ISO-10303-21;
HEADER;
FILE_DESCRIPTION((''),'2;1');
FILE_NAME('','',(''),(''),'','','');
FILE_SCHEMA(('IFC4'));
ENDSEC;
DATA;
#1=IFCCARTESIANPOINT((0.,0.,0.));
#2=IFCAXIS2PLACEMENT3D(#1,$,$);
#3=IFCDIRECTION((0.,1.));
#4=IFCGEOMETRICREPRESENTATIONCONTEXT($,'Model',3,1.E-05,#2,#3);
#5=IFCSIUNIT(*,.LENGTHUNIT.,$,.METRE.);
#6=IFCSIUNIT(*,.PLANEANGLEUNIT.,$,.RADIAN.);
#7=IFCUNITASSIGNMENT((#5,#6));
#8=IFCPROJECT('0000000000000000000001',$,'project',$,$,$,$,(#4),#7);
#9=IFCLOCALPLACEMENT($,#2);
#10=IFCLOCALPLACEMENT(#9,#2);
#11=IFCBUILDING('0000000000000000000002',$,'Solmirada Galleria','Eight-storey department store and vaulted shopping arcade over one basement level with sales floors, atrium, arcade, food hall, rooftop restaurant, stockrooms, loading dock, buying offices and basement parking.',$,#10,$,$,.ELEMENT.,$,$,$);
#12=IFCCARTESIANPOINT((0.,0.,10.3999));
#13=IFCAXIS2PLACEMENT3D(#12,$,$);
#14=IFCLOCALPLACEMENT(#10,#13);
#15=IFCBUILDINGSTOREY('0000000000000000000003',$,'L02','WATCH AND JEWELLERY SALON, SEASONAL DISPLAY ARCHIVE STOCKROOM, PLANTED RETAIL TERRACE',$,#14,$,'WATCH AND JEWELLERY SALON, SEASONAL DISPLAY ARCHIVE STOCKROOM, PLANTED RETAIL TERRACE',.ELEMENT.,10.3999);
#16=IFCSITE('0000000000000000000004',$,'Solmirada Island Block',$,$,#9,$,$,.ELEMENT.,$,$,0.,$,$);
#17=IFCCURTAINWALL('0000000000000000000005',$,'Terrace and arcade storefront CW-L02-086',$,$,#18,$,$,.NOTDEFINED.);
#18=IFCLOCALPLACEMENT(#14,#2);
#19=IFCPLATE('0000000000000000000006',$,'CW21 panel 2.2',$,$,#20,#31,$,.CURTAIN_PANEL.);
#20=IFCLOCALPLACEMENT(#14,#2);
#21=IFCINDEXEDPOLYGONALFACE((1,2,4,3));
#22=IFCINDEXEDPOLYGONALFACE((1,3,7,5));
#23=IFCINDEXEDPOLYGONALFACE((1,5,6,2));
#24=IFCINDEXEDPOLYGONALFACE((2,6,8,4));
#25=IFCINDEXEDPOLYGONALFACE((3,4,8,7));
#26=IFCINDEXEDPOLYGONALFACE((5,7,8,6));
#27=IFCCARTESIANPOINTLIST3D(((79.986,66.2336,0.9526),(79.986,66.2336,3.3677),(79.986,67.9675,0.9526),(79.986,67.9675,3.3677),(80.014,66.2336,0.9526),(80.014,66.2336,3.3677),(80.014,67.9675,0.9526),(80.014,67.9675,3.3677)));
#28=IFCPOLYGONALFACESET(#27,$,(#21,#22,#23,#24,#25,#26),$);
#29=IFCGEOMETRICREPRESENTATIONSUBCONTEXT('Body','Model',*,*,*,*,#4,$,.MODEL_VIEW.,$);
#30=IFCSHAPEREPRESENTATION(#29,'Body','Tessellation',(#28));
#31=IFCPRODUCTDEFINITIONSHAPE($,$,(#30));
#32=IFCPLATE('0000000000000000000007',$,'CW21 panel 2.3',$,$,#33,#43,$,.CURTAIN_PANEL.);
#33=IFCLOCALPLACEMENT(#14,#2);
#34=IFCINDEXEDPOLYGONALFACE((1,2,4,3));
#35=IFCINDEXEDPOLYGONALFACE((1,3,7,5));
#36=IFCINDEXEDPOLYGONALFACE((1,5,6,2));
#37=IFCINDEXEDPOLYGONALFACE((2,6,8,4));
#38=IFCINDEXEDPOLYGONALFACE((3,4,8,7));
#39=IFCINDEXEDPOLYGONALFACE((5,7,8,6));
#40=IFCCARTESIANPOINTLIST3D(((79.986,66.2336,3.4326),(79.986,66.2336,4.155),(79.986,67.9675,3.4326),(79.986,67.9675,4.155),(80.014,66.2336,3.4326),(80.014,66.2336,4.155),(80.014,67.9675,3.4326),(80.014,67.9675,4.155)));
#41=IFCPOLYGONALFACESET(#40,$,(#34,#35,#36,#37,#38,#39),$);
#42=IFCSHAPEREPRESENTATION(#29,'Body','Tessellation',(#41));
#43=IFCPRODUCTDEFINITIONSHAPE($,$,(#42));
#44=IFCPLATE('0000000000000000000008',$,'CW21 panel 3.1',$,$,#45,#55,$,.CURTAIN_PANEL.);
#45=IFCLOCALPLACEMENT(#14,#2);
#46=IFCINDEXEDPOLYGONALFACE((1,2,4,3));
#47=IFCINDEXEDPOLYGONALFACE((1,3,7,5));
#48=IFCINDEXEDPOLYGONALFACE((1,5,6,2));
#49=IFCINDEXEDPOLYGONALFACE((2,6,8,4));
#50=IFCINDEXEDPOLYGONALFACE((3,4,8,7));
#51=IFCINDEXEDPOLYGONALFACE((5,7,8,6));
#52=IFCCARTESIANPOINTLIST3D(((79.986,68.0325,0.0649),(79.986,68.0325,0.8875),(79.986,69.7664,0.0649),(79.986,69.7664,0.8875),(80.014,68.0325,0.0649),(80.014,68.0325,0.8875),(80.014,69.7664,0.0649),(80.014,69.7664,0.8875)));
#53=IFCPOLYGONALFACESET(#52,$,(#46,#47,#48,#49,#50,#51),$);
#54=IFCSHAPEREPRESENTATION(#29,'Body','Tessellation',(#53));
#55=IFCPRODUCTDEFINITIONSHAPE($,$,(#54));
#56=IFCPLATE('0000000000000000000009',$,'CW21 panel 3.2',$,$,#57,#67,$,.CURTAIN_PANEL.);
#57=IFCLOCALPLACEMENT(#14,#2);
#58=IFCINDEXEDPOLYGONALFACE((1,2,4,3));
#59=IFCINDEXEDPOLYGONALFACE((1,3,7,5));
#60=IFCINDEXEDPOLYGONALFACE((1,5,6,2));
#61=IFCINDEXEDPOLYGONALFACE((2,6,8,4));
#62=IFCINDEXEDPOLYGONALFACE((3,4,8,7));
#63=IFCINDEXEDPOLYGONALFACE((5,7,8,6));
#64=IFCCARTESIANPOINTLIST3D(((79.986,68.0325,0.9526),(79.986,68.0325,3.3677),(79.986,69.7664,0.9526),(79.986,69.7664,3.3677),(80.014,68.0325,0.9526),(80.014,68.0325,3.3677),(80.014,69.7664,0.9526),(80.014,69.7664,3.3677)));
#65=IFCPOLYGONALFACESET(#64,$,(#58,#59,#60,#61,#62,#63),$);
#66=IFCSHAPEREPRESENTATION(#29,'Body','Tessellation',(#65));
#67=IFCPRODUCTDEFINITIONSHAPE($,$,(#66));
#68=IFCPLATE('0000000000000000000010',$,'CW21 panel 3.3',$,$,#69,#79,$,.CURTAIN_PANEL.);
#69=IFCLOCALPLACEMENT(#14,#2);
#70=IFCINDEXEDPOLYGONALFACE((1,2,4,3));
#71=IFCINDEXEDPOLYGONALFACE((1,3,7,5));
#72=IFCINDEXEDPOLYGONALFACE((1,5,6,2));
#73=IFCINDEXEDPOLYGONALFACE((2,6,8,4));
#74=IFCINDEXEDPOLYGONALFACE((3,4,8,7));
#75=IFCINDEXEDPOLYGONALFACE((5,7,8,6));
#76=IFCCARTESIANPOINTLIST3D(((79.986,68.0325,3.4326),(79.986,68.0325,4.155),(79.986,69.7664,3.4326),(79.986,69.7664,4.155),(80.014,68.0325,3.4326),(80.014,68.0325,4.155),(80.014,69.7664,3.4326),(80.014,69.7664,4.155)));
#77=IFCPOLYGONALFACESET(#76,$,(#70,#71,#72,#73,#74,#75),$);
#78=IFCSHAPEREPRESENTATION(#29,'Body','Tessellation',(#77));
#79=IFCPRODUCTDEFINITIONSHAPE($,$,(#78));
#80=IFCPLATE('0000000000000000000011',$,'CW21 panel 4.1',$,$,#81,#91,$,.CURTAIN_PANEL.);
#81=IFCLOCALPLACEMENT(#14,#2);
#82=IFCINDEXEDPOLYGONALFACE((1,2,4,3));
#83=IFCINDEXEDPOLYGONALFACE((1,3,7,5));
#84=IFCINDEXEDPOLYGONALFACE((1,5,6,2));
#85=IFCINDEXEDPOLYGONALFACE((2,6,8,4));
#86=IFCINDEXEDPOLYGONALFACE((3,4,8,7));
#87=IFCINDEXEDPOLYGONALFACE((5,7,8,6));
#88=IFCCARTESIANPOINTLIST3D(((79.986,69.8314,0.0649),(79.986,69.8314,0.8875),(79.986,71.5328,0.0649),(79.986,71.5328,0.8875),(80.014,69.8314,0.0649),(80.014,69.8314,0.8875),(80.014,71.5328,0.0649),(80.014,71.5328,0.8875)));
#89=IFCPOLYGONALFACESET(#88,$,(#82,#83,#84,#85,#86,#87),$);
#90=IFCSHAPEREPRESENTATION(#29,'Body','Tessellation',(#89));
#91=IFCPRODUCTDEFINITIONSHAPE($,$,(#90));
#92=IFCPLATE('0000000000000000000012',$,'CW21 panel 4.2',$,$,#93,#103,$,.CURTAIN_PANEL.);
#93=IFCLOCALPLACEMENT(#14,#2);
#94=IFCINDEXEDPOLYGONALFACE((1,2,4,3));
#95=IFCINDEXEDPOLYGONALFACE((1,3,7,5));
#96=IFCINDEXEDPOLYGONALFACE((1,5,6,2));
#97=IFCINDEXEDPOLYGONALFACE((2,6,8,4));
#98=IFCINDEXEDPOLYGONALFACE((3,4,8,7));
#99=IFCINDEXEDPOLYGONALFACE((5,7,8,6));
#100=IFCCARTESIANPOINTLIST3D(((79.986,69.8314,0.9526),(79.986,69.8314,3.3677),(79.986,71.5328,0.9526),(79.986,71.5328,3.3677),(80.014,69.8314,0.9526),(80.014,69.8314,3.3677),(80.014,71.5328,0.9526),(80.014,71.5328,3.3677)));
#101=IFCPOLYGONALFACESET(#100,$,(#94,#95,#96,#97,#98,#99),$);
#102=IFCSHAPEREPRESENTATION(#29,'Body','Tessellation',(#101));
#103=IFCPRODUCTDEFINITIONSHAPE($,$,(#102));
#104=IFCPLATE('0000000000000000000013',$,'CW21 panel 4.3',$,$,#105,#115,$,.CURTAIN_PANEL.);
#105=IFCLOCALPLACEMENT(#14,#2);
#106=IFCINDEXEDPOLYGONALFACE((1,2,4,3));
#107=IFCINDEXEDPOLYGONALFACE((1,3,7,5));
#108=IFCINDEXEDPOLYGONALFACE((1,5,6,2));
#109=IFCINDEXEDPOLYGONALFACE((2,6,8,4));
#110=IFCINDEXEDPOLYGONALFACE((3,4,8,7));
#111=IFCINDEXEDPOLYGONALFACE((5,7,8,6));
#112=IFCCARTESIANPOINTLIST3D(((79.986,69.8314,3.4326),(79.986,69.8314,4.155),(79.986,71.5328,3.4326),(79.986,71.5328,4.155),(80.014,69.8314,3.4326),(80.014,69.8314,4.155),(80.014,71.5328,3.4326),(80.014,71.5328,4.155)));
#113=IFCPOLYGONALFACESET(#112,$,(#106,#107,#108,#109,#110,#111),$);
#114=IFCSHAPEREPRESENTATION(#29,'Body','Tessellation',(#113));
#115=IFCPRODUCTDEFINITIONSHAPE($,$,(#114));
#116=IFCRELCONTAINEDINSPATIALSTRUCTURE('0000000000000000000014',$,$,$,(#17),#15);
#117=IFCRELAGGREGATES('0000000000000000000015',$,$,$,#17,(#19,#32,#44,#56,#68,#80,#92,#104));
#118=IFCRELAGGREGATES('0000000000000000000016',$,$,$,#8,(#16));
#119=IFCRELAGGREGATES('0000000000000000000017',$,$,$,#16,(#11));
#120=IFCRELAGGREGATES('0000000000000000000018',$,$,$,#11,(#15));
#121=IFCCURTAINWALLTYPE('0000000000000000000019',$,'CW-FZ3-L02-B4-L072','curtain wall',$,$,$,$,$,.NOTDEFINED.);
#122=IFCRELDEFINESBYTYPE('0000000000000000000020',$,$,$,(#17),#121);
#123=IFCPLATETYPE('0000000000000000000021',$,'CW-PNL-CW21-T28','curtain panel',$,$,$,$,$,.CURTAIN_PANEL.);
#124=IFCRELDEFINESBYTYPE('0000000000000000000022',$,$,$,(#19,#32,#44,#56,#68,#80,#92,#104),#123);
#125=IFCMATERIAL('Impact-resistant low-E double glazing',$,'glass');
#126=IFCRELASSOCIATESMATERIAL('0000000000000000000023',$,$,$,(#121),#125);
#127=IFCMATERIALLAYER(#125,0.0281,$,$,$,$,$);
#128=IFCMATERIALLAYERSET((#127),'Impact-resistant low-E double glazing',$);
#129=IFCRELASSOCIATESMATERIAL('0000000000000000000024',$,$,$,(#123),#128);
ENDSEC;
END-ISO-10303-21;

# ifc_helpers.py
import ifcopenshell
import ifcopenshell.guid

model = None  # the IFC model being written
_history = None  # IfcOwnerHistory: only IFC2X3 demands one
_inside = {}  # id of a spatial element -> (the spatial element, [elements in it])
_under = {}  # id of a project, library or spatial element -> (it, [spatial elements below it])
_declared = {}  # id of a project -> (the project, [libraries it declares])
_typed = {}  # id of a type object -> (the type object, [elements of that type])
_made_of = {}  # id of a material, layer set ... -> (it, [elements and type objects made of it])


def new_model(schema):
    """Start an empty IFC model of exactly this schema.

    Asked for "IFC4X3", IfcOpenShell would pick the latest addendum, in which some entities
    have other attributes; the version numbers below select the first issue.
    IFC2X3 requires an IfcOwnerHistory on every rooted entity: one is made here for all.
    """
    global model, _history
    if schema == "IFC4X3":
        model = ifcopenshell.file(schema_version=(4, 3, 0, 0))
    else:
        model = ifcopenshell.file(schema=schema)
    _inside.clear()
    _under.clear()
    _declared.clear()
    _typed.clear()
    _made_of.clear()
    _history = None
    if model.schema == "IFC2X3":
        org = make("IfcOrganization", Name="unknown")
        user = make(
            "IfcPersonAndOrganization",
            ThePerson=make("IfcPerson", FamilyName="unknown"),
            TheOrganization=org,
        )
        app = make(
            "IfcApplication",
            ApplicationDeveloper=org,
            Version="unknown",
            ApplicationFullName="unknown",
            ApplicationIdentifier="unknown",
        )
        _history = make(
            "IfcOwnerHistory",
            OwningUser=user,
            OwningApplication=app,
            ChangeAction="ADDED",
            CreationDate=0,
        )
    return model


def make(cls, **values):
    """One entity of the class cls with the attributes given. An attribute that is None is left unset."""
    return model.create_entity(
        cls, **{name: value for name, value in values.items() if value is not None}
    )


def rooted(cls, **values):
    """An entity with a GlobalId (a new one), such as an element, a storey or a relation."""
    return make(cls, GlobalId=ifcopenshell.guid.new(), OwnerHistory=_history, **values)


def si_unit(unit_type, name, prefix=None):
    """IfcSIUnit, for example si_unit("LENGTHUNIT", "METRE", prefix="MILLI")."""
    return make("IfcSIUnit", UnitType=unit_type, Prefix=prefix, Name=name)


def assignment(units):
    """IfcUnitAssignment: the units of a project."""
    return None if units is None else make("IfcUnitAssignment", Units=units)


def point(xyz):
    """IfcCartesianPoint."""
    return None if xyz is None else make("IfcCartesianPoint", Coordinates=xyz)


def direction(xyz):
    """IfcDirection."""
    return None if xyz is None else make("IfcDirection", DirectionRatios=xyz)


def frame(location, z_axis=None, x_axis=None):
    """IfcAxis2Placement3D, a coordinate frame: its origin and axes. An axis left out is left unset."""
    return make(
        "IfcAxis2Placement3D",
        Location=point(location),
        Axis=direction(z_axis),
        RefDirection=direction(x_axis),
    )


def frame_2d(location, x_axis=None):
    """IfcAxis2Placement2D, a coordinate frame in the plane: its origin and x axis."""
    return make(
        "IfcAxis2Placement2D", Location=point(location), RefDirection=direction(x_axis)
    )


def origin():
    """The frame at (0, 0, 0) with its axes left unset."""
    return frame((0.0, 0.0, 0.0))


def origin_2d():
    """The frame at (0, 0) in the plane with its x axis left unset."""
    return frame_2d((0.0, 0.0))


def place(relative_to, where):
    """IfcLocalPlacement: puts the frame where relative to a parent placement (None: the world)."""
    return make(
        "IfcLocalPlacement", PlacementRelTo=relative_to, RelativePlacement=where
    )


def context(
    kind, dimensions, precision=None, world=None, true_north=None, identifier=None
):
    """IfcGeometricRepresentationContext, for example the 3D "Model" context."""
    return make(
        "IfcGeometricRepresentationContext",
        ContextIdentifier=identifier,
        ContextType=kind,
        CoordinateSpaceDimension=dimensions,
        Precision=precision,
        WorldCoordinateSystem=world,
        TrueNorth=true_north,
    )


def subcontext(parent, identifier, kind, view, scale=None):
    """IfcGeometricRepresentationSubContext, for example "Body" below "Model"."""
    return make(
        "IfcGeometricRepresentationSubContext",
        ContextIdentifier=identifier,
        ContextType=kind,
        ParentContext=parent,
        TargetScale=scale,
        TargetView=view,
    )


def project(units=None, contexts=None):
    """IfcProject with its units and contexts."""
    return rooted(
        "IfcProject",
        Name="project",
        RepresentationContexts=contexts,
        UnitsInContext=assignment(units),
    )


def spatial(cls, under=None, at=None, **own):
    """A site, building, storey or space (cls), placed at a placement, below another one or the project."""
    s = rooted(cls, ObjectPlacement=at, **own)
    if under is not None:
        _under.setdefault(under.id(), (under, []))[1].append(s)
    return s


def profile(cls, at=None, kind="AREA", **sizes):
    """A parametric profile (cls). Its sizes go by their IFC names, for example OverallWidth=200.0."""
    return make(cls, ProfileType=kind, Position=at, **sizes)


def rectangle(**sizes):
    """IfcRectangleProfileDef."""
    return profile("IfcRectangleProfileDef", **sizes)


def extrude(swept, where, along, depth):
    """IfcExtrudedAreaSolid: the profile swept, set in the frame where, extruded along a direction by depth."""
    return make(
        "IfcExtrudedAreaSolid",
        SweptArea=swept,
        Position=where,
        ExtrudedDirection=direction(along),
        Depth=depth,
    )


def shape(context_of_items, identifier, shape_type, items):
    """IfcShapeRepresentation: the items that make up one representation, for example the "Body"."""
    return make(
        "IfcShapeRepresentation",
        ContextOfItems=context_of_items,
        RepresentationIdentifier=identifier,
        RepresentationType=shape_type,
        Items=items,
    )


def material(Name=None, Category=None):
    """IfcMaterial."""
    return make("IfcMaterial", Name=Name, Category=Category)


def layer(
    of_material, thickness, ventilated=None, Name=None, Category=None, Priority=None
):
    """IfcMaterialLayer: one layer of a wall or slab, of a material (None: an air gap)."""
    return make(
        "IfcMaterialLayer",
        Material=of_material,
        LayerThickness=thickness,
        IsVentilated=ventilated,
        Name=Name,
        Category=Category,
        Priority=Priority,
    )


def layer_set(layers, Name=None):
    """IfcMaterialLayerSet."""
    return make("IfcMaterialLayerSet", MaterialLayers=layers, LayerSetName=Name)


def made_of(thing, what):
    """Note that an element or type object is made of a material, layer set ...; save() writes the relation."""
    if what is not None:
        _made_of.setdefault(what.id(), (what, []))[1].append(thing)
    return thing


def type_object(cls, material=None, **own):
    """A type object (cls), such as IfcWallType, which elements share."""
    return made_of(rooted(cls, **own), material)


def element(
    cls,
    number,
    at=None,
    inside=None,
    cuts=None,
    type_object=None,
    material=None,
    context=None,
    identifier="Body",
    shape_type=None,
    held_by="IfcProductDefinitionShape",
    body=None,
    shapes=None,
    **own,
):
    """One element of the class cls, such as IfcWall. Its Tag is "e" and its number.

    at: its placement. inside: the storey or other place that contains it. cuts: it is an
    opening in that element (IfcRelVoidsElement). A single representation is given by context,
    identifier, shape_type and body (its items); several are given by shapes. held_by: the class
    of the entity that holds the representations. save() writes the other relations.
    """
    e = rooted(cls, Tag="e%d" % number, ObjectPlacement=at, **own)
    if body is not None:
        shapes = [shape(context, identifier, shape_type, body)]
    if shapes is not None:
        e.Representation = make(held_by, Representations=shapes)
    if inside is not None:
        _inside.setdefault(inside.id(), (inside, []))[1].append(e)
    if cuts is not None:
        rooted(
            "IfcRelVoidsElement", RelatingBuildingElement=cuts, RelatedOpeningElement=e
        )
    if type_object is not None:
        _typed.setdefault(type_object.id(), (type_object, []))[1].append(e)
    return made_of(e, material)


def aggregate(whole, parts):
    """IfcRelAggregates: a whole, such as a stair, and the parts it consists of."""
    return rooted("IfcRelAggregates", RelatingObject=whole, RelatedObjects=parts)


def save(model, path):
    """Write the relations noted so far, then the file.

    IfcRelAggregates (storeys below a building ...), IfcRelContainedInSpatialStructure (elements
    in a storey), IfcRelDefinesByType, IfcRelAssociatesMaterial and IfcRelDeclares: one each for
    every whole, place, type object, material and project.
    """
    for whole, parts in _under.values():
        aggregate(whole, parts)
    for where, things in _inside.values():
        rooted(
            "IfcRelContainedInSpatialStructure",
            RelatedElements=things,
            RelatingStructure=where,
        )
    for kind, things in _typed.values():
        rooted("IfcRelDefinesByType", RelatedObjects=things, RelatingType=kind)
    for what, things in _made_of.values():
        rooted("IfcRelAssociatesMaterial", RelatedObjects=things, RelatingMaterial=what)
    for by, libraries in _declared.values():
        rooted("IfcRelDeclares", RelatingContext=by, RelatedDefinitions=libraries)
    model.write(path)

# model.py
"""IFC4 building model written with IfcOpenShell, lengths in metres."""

from ifc_helpers import new_model, si_unit, direction, frame, origin, origin_2d, place, context, subcontext, project, spatial, rectangle, extrude, material, layer, layer_set, type_object, element, aggregate, save


model = new_model("IFC4")

# Units and contexts
model_context = context("Model", 3, precision=1e-05, world=origin(), true_north=direction((0.0, 1.0)))
body_context = subcontext(model_context, "Body", "Model", "MODEL_VIEW")
ifc_project = project(units=[si_unit("LENGTHUNIT", "METRE"), si_unit("PLANEANGLEUNIT", "RADIAN")], contexts=[model_context])

# Site, building, storey
site_placement = place(None, origin())
site = spatial("IfcSite", under=ifc_project, at=site_placement, Name="Solmirada Island Block", CompositionType="ELEMENT", RefElevation=0.0)
building_placement = place(site_placement, origin())
building = spatial("IfcBuilding", under=site, at=building_placement, Name="Solmirada Galleria", Description="Eight-storey department store and vaulted shopping arcade over one basement level with sales floors, atrium, arcade, food hall, rooftop restaurant, stockrooms, loading dock, buying offices and basement parking.", CompositionType="ELEMENT")
storey_placement = place(building_placement, frame((0.0, 0.0, 10.3999)))
storey = spatial("IfcBuildingStorey", under=building, at=storey_placement, Name="L02", Description="WATCH AND JEWELLERY SALON, SEASONAL DISPLAY ARCHIVE STOCKROOM, PLANTED RETAIL TERRACE", LongName="WATCH AND JEWELLERY SALON, SEASONAL DISPLAY ARCHIVE STOCKROOM, PLANTED RETAIL TERRACE", CompositionType="ELEMENT", Elevation=10.3999)

# Curtain wall
ifc_material_1 = material(Name="Impact-resistant low-E double glazing", Category="glass")
curtain_wall_type = type_object("IfcCurtainWallType", Name="CW-FZ3-L02-B4-L072", Description="curtain wall", PredefinedType="NOTDEFINED", material=ifc_material_1)
curtain_wall_1_placement = place(storey_placement, origin())
curtain_wall_1 = element("IfcCurtainWall", 1, at=curtain_wall_1_placement, inside=storey, type_object=curtain_wall_type, Name="Terrace and arcade storefront CW-L02-086", PredefinedType="NOTDEFINED")

# Plates
ifc_layer = layer(ifc_material_1, 0.0281)
ifc_layer_set = layer_set([ifc_layer], Name="Impact-resistant low-E double glazing")
plate_type = type_object("IfcPlateType", Name="CW-PNL-CW21-T28", Description="curtain panel", PredefinedType="CURTAIN_PANEL", material=ifc_layer_set)
plate_1_placement = place(storey_placement, frame((80.0, 67.1006, 0.9526), z_axis=(0.0, 0.0, 1.0), x_axis=(0.0, 1.0, 0.0)))
plate_1 = element("IfcPlate", 2, at=plate_1_placement, type_object=plate_type, Name="CW21 panel 2.2", PredefinedType="CURTAIN_PANEL", context=body_context, shape_type="SweptSolid", body=[
    extrude(rectangle(XDim=1.7339, YDim=0.0281, at=origin_2d()), origin(), (0.0, 0.0, 1.0), 2.415),
])
plate_2_placement = place(storey_placement, frame((80.0, 67.1006, 3.4326), z_axis=(0.0, 0.0, 1.0), x_axis=(0.0, 1.0, 0.0)))
plate_2 = element("IfcPlate", 3, at=plate_2_placement, type_object=plate_type, Name="CW21 panel 2.3", PredefinedType="CURTAIN_PANEL", context=body_context, shape_type="SweptSolid", body=[
    extrude(rectangle(XDim=1.7339, YDim=0.0281, at=origin_2d()), origin(), (0.0, 0.0, 1.0), 0.7224),
])
plate_3_placement = place(storey_placement, frame((80.0, 68.8994, 0.0649), z_axis=(0.0, 0.0, 1.0), x_axis=(0.0, 1.0, 0.0)))
plate_3 = element("IfcPlate", 4, at=plate_3_placement, type_object=plate_type, Name="CW21 panel 3.1", PredefinedType="CURTAIN_PANEL", context=body_context, shape_type="SweptSolid", body=[
    extrude(rectangle(XDim=1.7339, YDim=0.0281, at=origin_2d()), origin(), (0.0, 0.0, 1.0), 0.8225),
])
plate_4_placement = place(storey_placement, frame((80.0, 68.8994, 0.9526), z_axis=(0.0, 0.0, 1.0), x_axis=(0.0, 1.0, 0.0)))
plate_4 = element("IfcPlate", 5, at=plate_4_placement, type_object=plate_type, Name="CW21 panel 3.2", PredefinedType="CURTAIN_PANEL", context=body_context, shape_type="SweptSolid", body=[
    extrude(rectangle(XDim=1.7339, YDim=0.0281, at=origin_2d()), origin(), (0.0, 0.0, 1.0), 2.415),
])
plate_5_placement = place(storey_placement, frame((80.0, 68.8994, 3.4326), z_axis=(0.0, 0.0, 1.0), x_axis=(0.0, 1.0, 0.0)))
plate_5 = element("IfcPlate", 6, at=plate_5_placement, type_object=plate_type, Name="CW21 panel 3.3", PredefinedType="CURTAIN_PANEL", context=body_context, shape_type="SweptSolid", body=[
    extrude(rectangle(XDim=1.7339, YDim=0.0281, at=origin_2d()), origin(), (0.0, 0.0, 1.0), 0.7224),
])
plate_6_placement = place(storey_placement, frame((80.0, 70.6821, 0.0649), z_axis=(0.0, 0.0, 1.0), x_axis=(0.0, 1.0, 0.0)))
plate_6 = element("IfcPlate", 7, at=plate_6_placement, type_object=plate_type, Name="CW21 panel 4.1", PredefinedType="CURTAIN_PANEL", context=body_context, shape_type="SweptSolid", body=[
    extrude(rectangle(XDim=1.7014, YDim=0.0281, at=origin_2d()), origin(), (0.0, 0.0, 1.0), 0.8225),
])
plate_7_placement = place(storey_placement, frame((80.0, 70.6821, 0.9526), z_axis=(0.0, 0.0, 1.0), x_axis=(0.0, 1.0, 0.0)))
plate_7 = element("IfcPlate", 8, at=plate_7_placement, type_object=plate_type, Name="CW21 panel 4.2", PredefinedType="CURTAIN_PANEL", context=body_context, shape_type="SweptSolid", body=[
    extrude(rectangle(XDim=1.7014, YDim=0.0281, at=origin_2d()), origin(), (0.0, 0.0, 1.0), 2.415),
])
plate_8_placement = place(storey_placement, frame((80.0, 70.6821, 3.4326), z_axis=(0.0, 0.0, 1.0), x_axis=(0.0, 1.0, 0.0)))
plate_8 = element("IfcPlate", 9, at=plate_8_placement, type_object=plate_type, Name="CW21 panel 4.3", PredefinedType="CURTAIN_PANEL", context=body_context, shape_type="SweptSolid", body=[
    extrude(rectangle(XDim=1.7014, YDim=0.0281, at=origin_2d()), origin(), (0.0, 0.0, 1.0), 0.7224),
])
aggregate(curtain_wall_1, [plate_1, plate_2, plate_3, plate_4, plate_5, plate_6, plate_7, plate_8])

save(model, "model.ifc")
